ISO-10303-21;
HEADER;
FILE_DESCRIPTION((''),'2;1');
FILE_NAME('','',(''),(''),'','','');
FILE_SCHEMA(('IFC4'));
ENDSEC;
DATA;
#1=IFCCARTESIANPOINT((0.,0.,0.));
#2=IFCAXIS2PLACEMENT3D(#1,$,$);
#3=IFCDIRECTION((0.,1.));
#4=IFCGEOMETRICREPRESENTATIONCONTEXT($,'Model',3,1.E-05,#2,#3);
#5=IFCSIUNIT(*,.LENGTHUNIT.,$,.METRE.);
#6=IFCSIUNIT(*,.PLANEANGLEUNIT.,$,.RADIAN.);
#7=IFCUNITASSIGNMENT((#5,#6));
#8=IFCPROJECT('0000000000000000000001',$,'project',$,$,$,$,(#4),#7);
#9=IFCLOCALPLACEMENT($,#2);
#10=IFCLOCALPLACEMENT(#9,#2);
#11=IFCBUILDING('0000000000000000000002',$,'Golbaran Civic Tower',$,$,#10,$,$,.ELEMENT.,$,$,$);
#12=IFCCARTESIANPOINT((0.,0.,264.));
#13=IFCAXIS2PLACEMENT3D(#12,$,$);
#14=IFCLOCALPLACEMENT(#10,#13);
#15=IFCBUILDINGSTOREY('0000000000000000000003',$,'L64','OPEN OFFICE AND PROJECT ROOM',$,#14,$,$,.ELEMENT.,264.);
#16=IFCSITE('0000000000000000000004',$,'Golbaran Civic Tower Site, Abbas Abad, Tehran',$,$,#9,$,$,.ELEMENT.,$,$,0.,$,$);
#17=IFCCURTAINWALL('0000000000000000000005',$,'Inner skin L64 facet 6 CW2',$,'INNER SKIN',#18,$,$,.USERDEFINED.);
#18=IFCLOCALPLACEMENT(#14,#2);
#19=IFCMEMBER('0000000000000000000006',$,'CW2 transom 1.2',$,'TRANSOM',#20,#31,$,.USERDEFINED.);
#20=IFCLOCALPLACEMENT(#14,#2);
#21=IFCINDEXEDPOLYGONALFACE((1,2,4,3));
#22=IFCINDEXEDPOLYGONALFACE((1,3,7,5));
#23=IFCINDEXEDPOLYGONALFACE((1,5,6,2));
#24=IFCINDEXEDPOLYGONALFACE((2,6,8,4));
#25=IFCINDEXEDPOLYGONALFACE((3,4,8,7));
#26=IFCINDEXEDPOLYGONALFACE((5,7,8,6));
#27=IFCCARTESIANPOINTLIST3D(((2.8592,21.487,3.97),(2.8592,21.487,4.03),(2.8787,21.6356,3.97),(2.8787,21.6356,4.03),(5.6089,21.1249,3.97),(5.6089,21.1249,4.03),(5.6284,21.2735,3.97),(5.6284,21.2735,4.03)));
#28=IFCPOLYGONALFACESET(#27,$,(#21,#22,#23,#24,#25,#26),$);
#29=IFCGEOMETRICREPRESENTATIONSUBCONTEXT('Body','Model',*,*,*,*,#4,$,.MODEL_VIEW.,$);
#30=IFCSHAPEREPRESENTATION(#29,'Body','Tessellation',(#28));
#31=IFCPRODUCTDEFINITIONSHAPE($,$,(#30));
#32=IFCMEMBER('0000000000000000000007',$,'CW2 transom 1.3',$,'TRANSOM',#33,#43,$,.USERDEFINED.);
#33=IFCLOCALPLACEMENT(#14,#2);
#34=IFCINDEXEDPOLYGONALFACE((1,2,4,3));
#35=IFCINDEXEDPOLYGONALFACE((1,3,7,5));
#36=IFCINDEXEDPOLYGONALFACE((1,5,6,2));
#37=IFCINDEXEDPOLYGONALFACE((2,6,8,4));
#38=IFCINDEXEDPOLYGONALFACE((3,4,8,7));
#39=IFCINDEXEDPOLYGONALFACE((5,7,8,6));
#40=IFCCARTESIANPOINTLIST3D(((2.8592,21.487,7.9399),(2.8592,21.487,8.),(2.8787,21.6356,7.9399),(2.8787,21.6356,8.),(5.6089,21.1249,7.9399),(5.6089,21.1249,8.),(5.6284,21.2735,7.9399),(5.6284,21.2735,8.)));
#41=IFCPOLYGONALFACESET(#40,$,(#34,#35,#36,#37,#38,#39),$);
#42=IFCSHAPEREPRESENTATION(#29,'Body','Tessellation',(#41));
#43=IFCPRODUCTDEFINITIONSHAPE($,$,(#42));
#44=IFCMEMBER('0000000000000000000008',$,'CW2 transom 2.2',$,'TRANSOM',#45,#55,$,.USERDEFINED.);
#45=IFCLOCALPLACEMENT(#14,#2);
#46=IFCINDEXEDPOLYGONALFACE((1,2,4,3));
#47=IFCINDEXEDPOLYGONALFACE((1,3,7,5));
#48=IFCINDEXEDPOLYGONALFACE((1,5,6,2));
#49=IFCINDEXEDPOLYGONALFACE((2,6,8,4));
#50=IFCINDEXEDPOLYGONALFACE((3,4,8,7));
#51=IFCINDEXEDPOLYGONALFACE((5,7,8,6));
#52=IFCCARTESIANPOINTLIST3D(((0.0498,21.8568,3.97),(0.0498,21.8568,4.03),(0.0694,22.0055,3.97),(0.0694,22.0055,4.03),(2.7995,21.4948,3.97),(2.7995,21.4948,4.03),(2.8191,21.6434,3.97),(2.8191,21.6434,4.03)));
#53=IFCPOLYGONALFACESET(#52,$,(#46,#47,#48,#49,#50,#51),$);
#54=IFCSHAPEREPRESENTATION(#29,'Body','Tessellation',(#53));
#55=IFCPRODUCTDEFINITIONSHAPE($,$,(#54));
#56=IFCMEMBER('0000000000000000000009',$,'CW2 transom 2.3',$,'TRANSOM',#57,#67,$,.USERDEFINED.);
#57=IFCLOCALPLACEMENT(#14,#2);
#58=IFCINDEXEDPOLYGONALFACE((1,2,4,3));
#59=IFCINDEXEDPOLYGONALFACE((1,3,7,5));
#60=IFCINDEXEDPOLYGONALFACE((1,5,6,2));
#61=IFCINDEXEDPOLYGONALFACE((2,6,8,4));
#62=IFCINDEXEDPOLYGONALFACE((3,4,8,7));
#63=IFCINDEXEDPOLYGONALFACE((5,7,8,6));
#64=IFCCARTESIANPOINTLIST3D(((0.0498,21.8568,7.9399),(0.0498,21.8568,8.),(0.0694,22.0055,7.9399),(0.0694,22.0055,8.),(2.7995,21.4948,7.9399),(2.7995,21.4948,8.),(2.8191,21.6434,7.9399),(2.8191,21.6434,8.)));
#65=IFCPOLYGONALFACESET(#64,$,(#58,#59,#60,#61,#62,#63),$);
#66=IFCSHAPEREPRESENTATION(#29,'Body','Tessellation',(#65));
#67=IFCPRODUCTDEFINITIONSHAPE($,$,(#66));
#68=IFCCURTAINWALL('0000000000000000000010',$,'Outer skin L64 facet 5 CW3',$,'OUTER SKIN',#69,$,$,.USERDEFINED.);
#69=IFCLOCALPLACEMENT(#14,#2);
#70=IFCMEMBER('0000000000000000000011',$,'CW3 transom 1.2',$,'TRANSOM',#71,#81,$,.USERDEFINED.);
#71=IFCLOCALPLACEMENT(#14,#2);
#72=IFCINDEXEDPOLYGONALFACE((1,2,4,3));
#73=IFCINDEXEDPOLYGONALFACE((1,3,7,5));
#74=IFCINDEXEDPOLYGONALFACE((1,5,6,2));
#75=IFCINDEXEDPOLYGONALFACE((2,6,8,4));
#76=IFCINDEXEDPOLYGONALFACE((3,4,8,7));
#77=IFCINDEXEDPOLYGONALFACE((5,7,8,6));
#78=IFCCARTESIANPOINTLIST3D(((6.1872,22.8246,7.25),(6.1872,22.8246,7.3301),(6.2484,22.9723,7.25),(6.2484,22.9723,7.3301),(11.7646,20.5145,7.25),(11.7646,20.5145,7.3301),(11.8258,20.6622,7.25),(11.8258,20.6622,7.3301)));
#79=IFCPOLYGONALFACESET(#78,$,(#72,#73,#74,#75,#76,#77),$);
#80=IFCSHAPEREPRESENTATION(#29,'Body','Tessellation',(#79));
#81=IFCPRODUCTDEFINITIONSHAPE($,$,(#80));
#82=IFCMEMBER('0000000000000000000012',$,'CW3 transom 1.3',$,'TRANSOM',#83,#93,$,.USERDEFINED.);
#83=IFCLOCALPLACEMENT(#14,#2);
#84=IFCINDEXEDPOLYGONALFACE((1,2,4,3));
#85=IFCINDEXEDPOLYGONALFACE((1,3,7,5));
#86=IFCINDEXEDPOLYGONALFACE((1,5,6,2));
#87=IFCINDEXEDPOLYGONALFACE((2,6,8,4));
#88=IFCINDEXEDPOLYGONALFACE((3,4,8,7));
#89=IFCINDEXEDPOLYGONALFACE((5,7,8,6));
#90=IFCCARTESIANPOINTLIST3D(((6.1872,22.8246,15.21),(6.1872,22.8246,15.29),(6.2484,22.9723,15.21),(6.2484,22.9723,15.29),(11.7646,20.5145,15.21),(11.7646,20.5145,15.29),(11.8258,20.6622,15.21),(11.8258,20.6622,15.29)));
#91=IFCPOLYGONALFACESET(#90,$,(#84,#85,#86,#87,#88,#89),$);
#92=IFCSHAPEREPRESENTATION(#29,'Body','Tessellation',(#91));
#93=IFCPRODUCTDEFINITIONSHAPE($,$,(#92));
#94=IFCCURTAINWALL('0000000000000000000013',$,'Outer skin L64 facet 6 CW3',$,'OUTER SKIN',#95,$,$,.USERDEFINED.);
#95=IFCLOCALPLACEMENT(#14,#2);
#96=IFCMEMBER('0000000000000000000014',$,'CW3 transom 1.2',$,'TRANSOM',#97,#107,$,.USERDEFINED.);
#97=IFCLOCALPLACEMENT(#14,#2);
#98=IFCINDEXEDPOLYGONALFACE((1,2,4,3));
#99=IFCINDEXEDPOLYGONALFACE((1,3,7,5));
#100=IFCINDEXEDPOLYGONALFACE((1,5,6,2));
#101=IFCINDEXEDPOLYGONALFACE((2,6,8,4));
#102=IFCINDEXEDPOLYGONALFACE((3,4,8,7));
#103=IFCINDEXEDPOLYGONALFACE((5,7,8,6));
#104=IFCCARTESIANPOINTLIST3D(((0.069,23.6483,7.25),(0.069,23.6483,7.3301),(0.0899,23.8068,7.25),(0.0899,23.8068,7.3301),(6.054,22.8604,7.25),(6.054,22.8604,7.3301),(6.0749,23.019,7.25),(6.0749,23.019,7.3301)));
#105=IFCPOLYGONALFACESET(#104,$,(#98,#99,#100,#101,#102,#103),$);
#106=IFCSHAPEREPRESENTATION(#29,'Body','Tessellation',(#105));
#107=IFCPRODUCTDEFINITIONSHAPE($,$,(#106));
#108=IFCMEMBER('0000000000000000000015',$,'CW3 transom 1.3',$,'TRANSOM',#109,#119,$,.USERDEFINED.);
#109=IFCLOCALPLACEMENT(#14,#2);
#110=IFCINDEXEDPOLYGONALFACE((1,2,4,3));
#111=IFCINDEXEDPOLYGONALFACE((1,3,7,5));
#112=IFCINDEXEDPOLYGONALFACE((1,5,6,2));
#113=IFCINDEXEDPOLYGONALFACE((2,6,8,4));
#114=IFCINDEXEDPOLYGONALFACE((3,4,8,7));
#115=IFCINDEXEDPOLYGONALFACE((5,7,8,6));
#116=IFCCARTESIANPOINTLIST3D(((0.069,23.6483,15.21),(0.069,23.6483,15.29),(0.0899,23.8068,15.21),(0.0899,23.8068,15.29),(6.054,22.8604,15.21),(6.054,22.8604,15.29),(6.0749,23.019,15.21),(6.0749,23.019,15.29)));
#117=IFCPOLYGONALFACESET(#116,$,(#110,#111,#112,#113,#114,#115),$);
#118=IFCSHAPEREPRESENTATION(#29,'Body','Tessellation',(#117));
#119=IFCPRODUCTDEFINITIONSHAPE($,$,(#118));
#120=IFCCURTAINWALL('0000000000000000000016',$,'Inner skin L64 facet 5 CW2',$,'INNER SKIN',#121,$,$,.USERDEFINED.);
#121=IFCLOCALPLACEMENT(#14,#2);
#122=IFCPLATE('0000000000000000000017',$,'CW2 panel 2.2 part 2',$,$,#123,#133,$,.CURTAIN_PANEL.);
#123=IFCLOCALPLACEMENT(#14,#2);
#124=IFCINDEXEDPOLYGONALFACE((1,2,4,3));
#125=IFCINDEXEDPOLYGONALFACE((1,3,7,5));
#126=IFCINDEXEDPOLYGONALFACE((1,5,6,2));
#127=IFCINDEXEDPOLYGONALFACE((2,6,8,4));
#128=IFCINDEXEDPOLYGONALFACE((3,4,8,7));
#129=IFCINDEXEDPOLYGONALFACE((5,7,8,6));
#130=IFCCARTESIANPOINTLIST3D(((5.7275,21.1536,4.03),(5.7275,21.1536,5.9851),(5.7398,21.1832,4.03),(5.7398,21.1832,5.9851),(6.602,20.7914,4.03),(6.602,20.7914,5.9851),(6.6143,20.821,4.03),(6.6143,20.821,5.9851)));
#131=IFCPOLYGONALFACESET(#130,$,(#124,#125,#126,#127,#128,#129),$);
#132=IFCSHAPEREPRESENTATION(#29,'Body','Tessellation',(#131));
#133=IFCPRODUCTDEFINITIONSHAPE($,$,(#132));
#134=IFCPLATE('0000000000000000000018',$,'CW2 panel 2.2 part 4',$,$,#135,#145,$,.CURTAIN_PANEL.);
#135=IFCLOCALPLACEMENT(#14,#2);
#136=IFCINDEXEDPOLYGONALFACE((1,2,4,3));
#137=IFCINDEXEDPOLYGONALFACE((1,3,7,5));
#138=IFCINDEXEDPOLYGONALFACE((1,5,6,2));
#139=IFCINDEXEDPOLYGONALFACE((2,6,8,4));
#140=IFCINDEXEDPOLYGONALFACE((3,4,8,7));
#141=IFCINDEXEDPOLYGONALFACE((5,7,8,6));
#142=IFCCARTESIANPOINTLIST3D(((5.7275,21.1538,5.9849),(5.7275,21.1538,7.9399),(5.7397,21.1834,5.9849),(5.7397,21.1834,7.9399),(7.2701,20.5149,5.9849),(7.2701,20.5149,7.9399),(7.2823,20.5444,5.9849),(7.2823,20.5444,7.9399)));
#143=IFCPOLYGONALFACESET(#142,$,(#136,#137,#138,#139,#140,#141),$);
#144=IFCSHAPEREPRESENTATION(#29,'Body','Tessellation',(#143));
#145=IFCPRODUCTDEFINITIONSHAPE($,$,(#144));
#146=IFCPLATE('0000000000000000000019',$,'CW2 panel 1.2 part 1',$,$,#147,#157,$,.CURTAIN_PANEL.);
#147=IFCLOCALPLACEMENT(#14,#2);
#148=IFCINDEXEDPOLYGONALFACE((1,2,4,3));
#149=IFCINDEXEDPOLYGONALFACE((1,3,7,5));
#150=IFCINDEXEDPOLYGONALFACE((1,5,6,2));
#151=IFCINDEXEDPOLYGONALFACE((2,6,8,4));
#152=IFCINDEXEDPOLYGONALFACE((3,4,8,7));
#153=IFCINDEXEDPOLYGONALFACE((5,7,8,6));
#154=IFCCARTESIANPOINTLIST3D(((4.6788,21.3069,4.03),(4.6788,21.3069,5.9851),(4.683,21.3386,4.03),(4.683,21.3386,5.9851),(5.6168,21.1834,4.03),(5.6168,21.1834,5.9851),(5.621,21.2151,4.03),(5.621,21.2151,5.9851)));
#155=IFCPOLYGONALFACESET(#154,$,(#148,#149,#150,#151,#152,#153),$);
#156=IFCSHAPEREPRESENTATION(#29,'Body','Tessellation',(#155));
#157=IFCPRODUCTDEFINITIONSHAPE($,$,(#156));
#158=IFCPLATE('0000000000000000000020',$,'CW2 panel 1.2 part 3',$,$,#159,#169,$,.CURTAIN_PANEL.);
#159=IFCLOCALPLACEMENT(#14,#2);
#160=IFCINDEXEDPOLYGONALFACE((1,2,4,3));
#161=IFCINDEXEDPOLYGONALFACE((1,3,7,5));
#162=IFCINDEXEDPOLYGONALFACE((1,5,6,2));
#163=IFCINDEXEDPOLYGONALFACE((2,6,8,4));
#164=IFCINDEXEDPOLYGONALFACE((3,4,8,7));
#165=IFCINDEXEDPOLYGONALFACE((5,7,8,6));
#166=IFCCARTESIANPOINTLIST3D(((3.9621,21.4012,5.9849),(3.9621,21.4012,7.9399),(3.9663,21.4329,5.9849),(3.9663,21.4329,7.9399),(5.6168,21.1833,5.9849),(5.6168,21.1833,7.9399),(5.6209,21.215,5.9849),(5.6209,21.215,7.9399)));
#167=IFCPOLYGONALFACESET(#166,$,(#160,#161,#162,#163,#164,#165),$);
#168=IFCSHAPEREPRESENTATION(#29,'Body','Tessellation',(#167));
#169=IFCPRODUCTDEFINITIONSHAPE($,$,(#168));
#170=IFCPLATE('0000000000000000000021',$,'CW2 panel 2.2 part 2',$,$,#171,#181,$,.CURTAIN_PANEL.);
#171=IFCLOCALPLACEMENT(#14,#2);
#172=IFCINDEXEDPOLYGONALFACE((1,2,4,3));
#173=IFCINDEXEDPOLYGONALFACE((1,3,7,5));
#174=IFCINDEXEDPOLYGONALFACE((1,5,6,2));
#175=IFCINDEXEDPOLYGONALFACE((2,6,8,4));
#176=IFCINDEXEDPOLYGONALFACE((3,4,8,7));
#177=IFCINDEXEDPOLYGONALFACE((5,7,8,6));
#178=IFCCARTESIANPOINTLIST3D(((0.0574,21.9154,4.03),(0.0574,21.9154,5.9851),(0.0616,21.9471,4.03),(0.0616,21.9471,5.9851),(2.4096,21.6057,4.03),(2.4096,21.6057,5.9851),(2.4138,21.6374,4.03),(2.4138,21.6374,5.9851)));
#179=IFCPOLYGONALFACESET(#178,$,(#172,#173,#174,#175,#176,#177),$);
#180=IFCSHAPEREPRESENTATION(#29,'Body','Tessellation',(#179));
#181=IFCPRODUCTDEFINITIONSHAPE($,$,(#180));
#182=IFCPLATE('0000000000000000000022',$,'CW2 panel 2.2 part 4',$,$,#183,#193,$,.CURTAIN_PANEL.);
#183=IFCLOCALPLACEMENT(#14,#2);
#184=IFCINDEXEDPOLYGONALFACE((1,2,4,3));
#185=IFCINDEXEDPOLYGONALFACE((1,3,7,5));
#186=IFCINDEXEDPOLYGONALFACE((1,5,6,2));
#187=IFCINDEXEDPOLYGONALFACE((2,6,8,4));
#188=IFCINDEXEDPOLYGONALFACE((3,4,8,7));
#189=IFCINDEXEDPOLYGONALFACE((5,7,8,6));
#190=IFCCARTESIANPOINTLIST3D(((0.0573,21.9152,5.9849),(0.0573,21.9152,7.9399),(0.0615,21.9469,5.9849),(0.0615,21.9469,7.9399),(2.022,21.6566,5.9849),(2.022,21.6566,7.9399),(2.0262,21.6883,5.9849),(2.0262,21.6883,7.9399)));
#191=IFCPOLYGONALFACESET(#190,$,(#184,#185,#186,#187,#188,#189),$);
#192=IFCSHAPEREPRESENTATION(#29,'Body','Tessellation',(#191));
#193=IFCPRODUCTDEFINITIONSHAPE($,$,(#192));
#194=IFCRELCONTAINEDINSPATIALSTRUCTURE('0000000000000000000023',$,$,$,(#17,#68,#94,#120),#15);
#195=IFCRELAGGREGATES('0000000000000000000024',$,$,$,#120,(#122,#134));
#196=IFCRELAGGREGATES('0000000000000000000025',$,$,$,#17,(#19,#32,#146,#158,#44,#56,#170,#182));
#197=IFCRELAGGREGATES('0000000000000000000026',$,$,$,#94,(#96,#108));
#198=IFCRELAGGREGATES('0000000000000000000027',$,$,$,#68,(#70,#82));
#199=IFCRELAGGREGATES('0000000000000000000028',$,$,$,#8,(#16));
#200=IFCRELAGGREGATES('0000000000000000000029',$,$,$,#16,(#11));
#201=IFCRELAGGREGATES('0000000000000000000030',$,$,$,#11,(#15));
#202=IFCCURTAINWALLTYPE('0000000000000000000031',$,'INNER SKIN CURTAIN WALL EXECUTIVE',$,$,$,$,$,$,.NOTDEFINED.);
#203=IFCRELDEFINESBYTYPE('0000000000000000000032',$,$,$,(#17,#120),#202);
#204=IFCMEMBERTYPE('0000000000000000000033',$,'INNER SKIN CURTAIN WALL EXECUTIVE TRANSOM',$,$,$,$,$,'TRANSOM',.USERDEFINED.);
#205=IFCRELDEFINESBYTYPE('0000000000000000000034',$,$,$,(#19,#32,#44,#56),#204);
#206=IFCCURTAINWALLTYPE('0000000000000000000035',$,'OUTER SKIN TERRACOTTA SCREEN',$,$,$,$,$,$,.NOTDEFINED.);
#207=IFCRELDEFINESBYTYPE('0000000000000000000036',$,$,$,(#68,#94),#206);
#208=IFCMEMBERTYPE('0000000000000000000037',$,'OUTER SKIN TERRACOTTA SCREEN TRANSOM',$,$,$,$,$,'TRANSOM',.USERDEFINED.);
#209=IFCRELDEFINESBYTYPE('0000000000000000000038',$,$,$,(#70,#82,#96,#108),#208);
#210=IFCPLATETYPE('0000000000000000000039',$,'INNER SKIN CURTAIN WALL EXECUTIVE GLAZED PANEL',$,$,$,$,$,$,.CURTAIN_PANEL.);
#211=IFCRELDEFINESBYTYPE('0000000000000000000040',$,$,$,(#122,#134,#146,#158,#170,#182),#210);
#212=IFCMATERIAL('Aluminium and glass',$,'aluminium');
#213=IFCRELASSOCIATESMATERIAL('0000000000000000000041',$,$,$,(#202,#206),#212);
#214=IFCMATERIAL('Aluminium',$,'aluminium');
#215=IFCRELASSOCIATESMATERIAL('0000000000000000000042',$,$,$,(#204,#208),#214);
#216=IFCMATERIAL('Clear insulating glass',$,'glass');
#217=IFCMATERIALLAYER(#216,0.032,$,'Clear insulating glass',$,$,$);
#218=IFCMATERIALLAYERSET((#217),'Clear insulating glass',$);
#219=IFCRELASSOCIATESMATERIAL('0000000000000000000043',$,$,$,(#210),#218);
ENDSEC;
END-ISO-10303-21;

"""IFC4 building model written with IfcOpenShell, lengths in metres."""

from ifc_helpers import new_model, si_unit, direction, frame, origin, origin_2d, place, context, subcontext, project, spatial, rectangle, extrude, material, layer, layer_set, material_profile, profile_set, type_object, element, aggregate, save


model = new_model("IFC4")

# Units and contexts
model_context = context("Model", 3, precision=1e-05, world=origin(), true_north=direction((0.0, 1.0)))
body_context = subcontext(model_context, "Body", "Model", "MODEL_VIEW")
ifc_project = project(units=[si_unit("LENGTHUNIT", "METRE"), si_unit("PLANEANGLEUNIT", "RADIAN")], contexts=[model_context])

# Site, building, storey
site_placement = place(None, origin())
site = spatial("IfcSite", under=ifc_project, at=site_placement, Name="Golbaran Civic Tower Site, Abbas Abad, Tehran", CompositionType="ELEMENT", RefElevation=0.0)
building_placement = place(site_placement, origin())
building = spatial("IfcBuilding", under=site, at=building_placement, Name="Golbaran Civic Tower", CompositionType="ELEMENT")
storey_placement = place(building_placement, frame((0.0, 0.0, 264.0)))
storey = spatial("IfcBuildingStorey", under=building, at=storey_placement, Name="L64", Description="OPEN OFFICE AND PROJECT ROOM", CompositionType="ELEMENT", Elevation=264.0)

# Curtain walls, members
ifc_material_1 = material(Name="Aluminium and glass", Category="aluminium")
curtain_wall_type_1 = type_object("IfcCurtainWallType", Name="INNER SKIN CURTAIN WALL EXECUTIVE", PredefinedType="NOTDEFINED", material=ifc_material_1)
curtain_wall_1_placement = place(storey_placement, origin())
curtain_wall_1 = element("IfcCurtainWall", 1, at=curtain_wall_1_placement, inside=storey, type_object=curtain_wall_type_1, Name="Inner skin L64 facet 6 CW2", ObjectType="INNER SKIN", PredefinedType="USERDEFINED")
ifc_material_2 = material(Name="Aluminium", Category="aluminium")
ifc_material_profile_1 = material_profile(ifc_material_2, rectangle(XDim=0.1499, YDim=0.0601, at=origin_2d()), Name="INNER SKIN CURTAIN WALL EXECUTIVE TRANSOM")
ifc_profile_set_1 = profile_set([ifc_material_profile_1], Name="Aluminium")
member_type_1 = type_object("IfcMemberType", Name="INNER SKIN CURTAIN WALL EXECUTIVE TRANSOM", ElementType="TRANSOM", PredefinedType="USERDEFINED", material=ifc_profile_set_1)
member_1_placement = place(storey_placement, frame((5.6187, 21.1992, 4.0), z_axis=(-0.991443, 0.130543, 0.0), x_axis=(-0.130543, -0.991443, 0.0)))
member_1 = element("IfcMember", 2, at=member_1_placement, type_object=member_type_1, Name="CW2 transom 1.2", ObjectType="TRANSOM", PredefinedType="USERDEFINED", context=body_context, shape_type="SweptSolid", body=[
    extrude(rectangle(XDim=0.1499, YDim=0.0601, at=origin_2d()), origin(), (0.0, 0.0, 1.0), 2.7734),
])
member_2_placement = place(storey_placement, frame((5.6187, 21.1992, 7.97), z_axis=(-0.991443, 0.130543, 0.0), x_axis=(-0.130543, -0.991443, 0.0)))
member_2 = element("IfcMember", 3, at=member_2_placement, type_object=member_type_1, Name="CW2 transom 1.3", ObjectType="TRANSOM", PredefinedType="USERDEFINED", context=body_context, shape_type="SweptSolid", body=[
    extrude(rectangle(XDim=0.1499, YDim=0.0601, at=origin_2d()), origin(), (0.0, 0.0, 1.0), 2.7734),
])
member_3_placement = place(storey_placement, frame((2.8093, 21.5691, 4.0), z_axis=(-0.991443, 0.130543, 0.0), x_axis=(-0.130543, -0.991443, 0.0)))
member_3 = element("IfcMember", 4, at=member_3_placement, type_object=member_type_1, Name="CW2 transom 2.2", ObjectType="TRANSOM", PredefinedType="USERDEFINED", context=body_context, shape_type="SweptSolid", body=[
    extrude(rectangle(XDim=0.1499, YDim=0.0601, at=origin_2d()), origin(), (0.0, 0.0, 1.0), 2.7734),
])
member_4_placement = place(storey_placement, frame((2.8093, 21.5691, 7.97), z_axis=(-0.991443, 0.130543, 0.0), x_axis=(-0.130543, -0.991443, 0.0)))
member_4 = element("IfcMember", 5, at=member_4_placement, type_object=member_type_1, Name="CW2 transom 2.3", ObjectType="TRANSOM", PredefinedType="USERDEFINED", context=body_context, shape_type="SweptSolid", body=[
    extrude(rectangle(XDim=0.1499, YDim=0.0601, at=origin_2d()), origin(), (0.0, 0.0, 1.0), 2.7734),
])
curtain_wall_type_2 = type_object("IfcCurtainWallType", Name="OUTER SKIN TERRACOTTA SCREEN", PredefinedType="NOTDEFINED", material=ifc_material_1)
curtain_wall_2_placement = place(storey_placement, origin())
curtain_wall_2 = element("IfcCurtainWall", 6, at=curtain_wall_2_placement, inside=storey, type_object=curtain_wall_type_2, Name="Outer skin L64 facet 5 CW3", ObjectType="OUTER SKIN", PredefinedType="USERDEFINED")
ifc_material_profile_2 = material_profile(ifc_material_2, rectangle(XDim=0.1599, YDim=0.0801, at=origin_2d()), Name="OUTER SKIN TERRACOTTA SCREEN TRANSOM")
ifc_profile_set_2 = profile_set([ifc_material_profile_2], Name="Aluminium")
member_type_2 = type_object("IfcMemberType", Name="OUTER SKIN TERRACOTTA SCREEN TRANSOM", ElementType="TRANSOM", PredefinedType="USERDEFINED", material=ifc_profile_set_2)
member_5_placement = place(storey_placement, frame((11.7952, 20.5884, 7.29), z_axis=(-0.92389, 0.382659, 0.0), x_axis=(-0.382659, -0.92389, 0.0)))
member_5 = element("IfcMember", 7, at=member_5_placement, type_object=member_type_2, Name="CW3 transom 1.2", ObjectType="TRANSOM", PredefinedType="USERDEFINED", context=body_context, shape_type="SweptSolid", body=[
    extrude(rectangle(XDim=0.1599, YDim=0.0801, at=origin_2d()), origin(), (0.0, 0.0, 1.0), 6.0369),
])
member_6_placement = place(storey_placement, frame((11.7952, 20.5884, 15.25), z_axis=(-0.92389, 0.382659, 0.0), x_axis=(-0.382659, -0.92389, 0.0)))
member_6 = element("IfcMember", 8, at=member_6_placement, type_object=member_type_2, Name="CW3 transom 1.3", ObjectType="TRANSOM", PredefinedType="USERDEFINED", context=body_context, shape_type="SweptSolid", body=[
    extrude(rectangle(XDim=0.1599, YDim=0.0801, at=origin_2d()), origin(), (0.0, 0.0, 1.0), 6.0369),
])
curtain_wall_3_placement = place(storey_placement, origin())
curtain_wall_3 = element("IfcCurtainWall", 9, at=curtain_wall_3_placement, inside=storey, type_object=curtain_wall_type_2, Name="Outer skin L64 facet 6 CW3", ObjectType="OUTER SKIN", PredefinedType="USERDEFINED")
member_7_placement = place(storey_placement, frame((6.0645, 22.9397, 7.29), z_axis=(-0.991447, 0.130508, 0.0), x_axis=(-0.130508, -0.991447, 0.0)))
member_7 = element("IfcMember", 10, at=member_7_placement, type_object=member_type_2, Name="CW3 transom 1.2", ObjectType="TRANSOM", PredefinedType="USERDEFINED", context=body_context, shape_type="SweptSolid", body=[
    extrude(rectangle(XDim=0.1599, YDim=0.0801, at=origin_2d()), origin(), (0.0, 0.0, 1.0), 6.0366),
])
member_8_placement = place(storey_placement, frame((6.0645, 22.9397, 15.25), z_axis=(-0.991447, 0.130508, 0.0), x_axis=(-0.130508, -0.991447, 0.0)))
member_8 = element("IfcMember", 11, at=member_8_placement, type_object=member_type_2, Name="CW3 transom 1.3", ObjectType="TRANSOM", PredefinedType="USERDEFINED", context=body_context, shape_type="SweptSolid", body=[
    extrude(rectangle(XDim=0.1599, YDim=0.0801, at=origin_2d()), origin(), (0.0, 0.0, 1.0), 6.0366),
])

# Curtain wall, plates
curtain_wall_4_placement = place(storey_placement, origin())
curtain_wall_4 = element("IfcCurtainWall", 12, at=curtain_wall_4_placement, inside=storey, type_object=curtain_wall_type_1, Name="Inner skin L64 facet 5 CW2", ObjectType="INNER SKIN", PredefinedType="USERDEFINED")
ifc_material_3 = material(Name="Clear insulating glass", Category="glass")
ifc_layer_1 = layer(ifc_material_3, 0.032, Name="Clear insulating glass")
ifc_layer_set_1 = layer_set([ifc_layer_1], Name="Clear insulating glass")
plate_type_1 = type_object("IfcPlateType", Name="INNER SKIN CURTAIN WALL EXECUTIVE GLAZED PANEL", PredefinedType="CURTAIN_PANEL", material=ifc_layer_set_1)
plate_1_placement = place(storey_placement, frame((6.1709, 20.9873, 4.03), z_axis=(0.0, 0.0, 1.0), x_axis=(-0.92388, 0.382683, 0.0)))
plate_1 = element("IfcPlate", 13, at=plate_1_placement, type_object=plate_type_1, Name="CW2 panel 2.2 part 2", PredefinedType="CURTAIN_PANEL", context=body_context, shape_type="SweptSolid", body=[
    extrude(rectangle(XDim=0.9465, YDim=0.032, at=origin_2d()), origin(), (0.0, 0.0, 1.0), 1.9551),
])
plate_2_placement = place(storey_placement, frame((6.5049, 20.8491, 5.9849), z_axis=(0.0, 0.0, 1.0), x_axis=(-0.92388, 0.382683, 0.0)))
plate_2 = element("IfcPlate", 14, at=plate_2_placement, type_object=plate_type_1, Name="CW2 panel 2.2 part 4", PredefinedType="CURTAIN_PANEL", context=body_context, shape_type="SweptSolid", body=[
    extrude(rectangle(XDim=1.6697, YDim=0.032, at=origin_2d()), origin(), (0.0, 0.0, 1.0), 1.9551),
])

# Plates
plate_3_placement = place(storey_placement, frame((5.1499, 21.261, 4.03), z_axis=(0.0, 0.0, 1.0), x_axis=(-0.991445, 0.130526, 0.0)))
plate_3 = element("IfcPlate", 15, at=plate_3_placement, type_object=plate_type_1, Name="CW2 panel 1.2 part 1", PredefinedType="CURTAIN_PANEL", context=body_context, shape_type="SweptSolid", body=[
    extrude(rectangle(XDim=0.946, YDim=0.032, at=origin_2d()), origin(), (0.0, 0.0, 1.0), 1.9551),
])
plate_4_placement = place(storey_placement, frame((4.7915, 21.3081, 5.9849), z_axis=(0.0, 0.0, 1.0), x_axis=(-0.991445, 0.130526, 0.0)))
plate_4 = element("IfcPlate", 16, at=plate_4_placement, type_object=plate_type_1, Name="CW2 panel 1.2 part 3", PredefinedType="CURTAIN_PANEL", context=body_context, shape_type="SweptSolid", body=[
    extrude(rectangle(XDim=1.6689, YDim=0.032, at=origin_2d()), origin(), (0.0, 0.0, 1.0), 1.9551),
])
plate_5_placement = place(storey_placement, frame((1.2356, 21.7764, 4.03), z_axis=(0.0, 0.0, 1.0), x_axis=(-0.991445, 0.130526, 0.0)))
plate_5 = element("IfcPlate", 17, at=plate_5_placement, type_object=plate_type_1, Name="CW2 panel 2.2 part 2", PredefinedType="CURTAIN_PANEL", context=body_context, shape_type="SweptSolid", body=[
    extrude(rectangle(XDim=2.3726, YDim=0.032, at=origin_2d()), origin(), (0.0, 0.0, 1.0), 1.9551),
])
plate_6_placement = place(storey_placement, frame((1.0417, 21.8018, 5.9849), z_axis=(0.0, 0.0, 1.0), x_axis=(-0.991445, 0.130526, 0.0)))
plate_6 = element("IfcPlate", 18, at=plate_6_placement, type_object=plate_type_1, Name="CW2 panel 2.2 part 4", PredefinedType="CURTAIN_PANEL", context=body_context, shape_type="SweptSolid", body=[
    extrude(rectangle(XDim=1.9817, YDim=0.032, at=origin_2d()), origin(), (0.0, 0.0, 1.0), 1.9551),
])
aggregate(curtain_wall_4, [plate_1, plate_2])
aggregate(curtain_wall_1, [member_1, member_2, plate_3, plate_4, member_3, member_4, plate_5, plate_6])

aggregate(curtain_wall_3, [member_7, member_8])
aggregate(curtain_wall_2, [member_5, member_6])

save(model, "model.ifc")
